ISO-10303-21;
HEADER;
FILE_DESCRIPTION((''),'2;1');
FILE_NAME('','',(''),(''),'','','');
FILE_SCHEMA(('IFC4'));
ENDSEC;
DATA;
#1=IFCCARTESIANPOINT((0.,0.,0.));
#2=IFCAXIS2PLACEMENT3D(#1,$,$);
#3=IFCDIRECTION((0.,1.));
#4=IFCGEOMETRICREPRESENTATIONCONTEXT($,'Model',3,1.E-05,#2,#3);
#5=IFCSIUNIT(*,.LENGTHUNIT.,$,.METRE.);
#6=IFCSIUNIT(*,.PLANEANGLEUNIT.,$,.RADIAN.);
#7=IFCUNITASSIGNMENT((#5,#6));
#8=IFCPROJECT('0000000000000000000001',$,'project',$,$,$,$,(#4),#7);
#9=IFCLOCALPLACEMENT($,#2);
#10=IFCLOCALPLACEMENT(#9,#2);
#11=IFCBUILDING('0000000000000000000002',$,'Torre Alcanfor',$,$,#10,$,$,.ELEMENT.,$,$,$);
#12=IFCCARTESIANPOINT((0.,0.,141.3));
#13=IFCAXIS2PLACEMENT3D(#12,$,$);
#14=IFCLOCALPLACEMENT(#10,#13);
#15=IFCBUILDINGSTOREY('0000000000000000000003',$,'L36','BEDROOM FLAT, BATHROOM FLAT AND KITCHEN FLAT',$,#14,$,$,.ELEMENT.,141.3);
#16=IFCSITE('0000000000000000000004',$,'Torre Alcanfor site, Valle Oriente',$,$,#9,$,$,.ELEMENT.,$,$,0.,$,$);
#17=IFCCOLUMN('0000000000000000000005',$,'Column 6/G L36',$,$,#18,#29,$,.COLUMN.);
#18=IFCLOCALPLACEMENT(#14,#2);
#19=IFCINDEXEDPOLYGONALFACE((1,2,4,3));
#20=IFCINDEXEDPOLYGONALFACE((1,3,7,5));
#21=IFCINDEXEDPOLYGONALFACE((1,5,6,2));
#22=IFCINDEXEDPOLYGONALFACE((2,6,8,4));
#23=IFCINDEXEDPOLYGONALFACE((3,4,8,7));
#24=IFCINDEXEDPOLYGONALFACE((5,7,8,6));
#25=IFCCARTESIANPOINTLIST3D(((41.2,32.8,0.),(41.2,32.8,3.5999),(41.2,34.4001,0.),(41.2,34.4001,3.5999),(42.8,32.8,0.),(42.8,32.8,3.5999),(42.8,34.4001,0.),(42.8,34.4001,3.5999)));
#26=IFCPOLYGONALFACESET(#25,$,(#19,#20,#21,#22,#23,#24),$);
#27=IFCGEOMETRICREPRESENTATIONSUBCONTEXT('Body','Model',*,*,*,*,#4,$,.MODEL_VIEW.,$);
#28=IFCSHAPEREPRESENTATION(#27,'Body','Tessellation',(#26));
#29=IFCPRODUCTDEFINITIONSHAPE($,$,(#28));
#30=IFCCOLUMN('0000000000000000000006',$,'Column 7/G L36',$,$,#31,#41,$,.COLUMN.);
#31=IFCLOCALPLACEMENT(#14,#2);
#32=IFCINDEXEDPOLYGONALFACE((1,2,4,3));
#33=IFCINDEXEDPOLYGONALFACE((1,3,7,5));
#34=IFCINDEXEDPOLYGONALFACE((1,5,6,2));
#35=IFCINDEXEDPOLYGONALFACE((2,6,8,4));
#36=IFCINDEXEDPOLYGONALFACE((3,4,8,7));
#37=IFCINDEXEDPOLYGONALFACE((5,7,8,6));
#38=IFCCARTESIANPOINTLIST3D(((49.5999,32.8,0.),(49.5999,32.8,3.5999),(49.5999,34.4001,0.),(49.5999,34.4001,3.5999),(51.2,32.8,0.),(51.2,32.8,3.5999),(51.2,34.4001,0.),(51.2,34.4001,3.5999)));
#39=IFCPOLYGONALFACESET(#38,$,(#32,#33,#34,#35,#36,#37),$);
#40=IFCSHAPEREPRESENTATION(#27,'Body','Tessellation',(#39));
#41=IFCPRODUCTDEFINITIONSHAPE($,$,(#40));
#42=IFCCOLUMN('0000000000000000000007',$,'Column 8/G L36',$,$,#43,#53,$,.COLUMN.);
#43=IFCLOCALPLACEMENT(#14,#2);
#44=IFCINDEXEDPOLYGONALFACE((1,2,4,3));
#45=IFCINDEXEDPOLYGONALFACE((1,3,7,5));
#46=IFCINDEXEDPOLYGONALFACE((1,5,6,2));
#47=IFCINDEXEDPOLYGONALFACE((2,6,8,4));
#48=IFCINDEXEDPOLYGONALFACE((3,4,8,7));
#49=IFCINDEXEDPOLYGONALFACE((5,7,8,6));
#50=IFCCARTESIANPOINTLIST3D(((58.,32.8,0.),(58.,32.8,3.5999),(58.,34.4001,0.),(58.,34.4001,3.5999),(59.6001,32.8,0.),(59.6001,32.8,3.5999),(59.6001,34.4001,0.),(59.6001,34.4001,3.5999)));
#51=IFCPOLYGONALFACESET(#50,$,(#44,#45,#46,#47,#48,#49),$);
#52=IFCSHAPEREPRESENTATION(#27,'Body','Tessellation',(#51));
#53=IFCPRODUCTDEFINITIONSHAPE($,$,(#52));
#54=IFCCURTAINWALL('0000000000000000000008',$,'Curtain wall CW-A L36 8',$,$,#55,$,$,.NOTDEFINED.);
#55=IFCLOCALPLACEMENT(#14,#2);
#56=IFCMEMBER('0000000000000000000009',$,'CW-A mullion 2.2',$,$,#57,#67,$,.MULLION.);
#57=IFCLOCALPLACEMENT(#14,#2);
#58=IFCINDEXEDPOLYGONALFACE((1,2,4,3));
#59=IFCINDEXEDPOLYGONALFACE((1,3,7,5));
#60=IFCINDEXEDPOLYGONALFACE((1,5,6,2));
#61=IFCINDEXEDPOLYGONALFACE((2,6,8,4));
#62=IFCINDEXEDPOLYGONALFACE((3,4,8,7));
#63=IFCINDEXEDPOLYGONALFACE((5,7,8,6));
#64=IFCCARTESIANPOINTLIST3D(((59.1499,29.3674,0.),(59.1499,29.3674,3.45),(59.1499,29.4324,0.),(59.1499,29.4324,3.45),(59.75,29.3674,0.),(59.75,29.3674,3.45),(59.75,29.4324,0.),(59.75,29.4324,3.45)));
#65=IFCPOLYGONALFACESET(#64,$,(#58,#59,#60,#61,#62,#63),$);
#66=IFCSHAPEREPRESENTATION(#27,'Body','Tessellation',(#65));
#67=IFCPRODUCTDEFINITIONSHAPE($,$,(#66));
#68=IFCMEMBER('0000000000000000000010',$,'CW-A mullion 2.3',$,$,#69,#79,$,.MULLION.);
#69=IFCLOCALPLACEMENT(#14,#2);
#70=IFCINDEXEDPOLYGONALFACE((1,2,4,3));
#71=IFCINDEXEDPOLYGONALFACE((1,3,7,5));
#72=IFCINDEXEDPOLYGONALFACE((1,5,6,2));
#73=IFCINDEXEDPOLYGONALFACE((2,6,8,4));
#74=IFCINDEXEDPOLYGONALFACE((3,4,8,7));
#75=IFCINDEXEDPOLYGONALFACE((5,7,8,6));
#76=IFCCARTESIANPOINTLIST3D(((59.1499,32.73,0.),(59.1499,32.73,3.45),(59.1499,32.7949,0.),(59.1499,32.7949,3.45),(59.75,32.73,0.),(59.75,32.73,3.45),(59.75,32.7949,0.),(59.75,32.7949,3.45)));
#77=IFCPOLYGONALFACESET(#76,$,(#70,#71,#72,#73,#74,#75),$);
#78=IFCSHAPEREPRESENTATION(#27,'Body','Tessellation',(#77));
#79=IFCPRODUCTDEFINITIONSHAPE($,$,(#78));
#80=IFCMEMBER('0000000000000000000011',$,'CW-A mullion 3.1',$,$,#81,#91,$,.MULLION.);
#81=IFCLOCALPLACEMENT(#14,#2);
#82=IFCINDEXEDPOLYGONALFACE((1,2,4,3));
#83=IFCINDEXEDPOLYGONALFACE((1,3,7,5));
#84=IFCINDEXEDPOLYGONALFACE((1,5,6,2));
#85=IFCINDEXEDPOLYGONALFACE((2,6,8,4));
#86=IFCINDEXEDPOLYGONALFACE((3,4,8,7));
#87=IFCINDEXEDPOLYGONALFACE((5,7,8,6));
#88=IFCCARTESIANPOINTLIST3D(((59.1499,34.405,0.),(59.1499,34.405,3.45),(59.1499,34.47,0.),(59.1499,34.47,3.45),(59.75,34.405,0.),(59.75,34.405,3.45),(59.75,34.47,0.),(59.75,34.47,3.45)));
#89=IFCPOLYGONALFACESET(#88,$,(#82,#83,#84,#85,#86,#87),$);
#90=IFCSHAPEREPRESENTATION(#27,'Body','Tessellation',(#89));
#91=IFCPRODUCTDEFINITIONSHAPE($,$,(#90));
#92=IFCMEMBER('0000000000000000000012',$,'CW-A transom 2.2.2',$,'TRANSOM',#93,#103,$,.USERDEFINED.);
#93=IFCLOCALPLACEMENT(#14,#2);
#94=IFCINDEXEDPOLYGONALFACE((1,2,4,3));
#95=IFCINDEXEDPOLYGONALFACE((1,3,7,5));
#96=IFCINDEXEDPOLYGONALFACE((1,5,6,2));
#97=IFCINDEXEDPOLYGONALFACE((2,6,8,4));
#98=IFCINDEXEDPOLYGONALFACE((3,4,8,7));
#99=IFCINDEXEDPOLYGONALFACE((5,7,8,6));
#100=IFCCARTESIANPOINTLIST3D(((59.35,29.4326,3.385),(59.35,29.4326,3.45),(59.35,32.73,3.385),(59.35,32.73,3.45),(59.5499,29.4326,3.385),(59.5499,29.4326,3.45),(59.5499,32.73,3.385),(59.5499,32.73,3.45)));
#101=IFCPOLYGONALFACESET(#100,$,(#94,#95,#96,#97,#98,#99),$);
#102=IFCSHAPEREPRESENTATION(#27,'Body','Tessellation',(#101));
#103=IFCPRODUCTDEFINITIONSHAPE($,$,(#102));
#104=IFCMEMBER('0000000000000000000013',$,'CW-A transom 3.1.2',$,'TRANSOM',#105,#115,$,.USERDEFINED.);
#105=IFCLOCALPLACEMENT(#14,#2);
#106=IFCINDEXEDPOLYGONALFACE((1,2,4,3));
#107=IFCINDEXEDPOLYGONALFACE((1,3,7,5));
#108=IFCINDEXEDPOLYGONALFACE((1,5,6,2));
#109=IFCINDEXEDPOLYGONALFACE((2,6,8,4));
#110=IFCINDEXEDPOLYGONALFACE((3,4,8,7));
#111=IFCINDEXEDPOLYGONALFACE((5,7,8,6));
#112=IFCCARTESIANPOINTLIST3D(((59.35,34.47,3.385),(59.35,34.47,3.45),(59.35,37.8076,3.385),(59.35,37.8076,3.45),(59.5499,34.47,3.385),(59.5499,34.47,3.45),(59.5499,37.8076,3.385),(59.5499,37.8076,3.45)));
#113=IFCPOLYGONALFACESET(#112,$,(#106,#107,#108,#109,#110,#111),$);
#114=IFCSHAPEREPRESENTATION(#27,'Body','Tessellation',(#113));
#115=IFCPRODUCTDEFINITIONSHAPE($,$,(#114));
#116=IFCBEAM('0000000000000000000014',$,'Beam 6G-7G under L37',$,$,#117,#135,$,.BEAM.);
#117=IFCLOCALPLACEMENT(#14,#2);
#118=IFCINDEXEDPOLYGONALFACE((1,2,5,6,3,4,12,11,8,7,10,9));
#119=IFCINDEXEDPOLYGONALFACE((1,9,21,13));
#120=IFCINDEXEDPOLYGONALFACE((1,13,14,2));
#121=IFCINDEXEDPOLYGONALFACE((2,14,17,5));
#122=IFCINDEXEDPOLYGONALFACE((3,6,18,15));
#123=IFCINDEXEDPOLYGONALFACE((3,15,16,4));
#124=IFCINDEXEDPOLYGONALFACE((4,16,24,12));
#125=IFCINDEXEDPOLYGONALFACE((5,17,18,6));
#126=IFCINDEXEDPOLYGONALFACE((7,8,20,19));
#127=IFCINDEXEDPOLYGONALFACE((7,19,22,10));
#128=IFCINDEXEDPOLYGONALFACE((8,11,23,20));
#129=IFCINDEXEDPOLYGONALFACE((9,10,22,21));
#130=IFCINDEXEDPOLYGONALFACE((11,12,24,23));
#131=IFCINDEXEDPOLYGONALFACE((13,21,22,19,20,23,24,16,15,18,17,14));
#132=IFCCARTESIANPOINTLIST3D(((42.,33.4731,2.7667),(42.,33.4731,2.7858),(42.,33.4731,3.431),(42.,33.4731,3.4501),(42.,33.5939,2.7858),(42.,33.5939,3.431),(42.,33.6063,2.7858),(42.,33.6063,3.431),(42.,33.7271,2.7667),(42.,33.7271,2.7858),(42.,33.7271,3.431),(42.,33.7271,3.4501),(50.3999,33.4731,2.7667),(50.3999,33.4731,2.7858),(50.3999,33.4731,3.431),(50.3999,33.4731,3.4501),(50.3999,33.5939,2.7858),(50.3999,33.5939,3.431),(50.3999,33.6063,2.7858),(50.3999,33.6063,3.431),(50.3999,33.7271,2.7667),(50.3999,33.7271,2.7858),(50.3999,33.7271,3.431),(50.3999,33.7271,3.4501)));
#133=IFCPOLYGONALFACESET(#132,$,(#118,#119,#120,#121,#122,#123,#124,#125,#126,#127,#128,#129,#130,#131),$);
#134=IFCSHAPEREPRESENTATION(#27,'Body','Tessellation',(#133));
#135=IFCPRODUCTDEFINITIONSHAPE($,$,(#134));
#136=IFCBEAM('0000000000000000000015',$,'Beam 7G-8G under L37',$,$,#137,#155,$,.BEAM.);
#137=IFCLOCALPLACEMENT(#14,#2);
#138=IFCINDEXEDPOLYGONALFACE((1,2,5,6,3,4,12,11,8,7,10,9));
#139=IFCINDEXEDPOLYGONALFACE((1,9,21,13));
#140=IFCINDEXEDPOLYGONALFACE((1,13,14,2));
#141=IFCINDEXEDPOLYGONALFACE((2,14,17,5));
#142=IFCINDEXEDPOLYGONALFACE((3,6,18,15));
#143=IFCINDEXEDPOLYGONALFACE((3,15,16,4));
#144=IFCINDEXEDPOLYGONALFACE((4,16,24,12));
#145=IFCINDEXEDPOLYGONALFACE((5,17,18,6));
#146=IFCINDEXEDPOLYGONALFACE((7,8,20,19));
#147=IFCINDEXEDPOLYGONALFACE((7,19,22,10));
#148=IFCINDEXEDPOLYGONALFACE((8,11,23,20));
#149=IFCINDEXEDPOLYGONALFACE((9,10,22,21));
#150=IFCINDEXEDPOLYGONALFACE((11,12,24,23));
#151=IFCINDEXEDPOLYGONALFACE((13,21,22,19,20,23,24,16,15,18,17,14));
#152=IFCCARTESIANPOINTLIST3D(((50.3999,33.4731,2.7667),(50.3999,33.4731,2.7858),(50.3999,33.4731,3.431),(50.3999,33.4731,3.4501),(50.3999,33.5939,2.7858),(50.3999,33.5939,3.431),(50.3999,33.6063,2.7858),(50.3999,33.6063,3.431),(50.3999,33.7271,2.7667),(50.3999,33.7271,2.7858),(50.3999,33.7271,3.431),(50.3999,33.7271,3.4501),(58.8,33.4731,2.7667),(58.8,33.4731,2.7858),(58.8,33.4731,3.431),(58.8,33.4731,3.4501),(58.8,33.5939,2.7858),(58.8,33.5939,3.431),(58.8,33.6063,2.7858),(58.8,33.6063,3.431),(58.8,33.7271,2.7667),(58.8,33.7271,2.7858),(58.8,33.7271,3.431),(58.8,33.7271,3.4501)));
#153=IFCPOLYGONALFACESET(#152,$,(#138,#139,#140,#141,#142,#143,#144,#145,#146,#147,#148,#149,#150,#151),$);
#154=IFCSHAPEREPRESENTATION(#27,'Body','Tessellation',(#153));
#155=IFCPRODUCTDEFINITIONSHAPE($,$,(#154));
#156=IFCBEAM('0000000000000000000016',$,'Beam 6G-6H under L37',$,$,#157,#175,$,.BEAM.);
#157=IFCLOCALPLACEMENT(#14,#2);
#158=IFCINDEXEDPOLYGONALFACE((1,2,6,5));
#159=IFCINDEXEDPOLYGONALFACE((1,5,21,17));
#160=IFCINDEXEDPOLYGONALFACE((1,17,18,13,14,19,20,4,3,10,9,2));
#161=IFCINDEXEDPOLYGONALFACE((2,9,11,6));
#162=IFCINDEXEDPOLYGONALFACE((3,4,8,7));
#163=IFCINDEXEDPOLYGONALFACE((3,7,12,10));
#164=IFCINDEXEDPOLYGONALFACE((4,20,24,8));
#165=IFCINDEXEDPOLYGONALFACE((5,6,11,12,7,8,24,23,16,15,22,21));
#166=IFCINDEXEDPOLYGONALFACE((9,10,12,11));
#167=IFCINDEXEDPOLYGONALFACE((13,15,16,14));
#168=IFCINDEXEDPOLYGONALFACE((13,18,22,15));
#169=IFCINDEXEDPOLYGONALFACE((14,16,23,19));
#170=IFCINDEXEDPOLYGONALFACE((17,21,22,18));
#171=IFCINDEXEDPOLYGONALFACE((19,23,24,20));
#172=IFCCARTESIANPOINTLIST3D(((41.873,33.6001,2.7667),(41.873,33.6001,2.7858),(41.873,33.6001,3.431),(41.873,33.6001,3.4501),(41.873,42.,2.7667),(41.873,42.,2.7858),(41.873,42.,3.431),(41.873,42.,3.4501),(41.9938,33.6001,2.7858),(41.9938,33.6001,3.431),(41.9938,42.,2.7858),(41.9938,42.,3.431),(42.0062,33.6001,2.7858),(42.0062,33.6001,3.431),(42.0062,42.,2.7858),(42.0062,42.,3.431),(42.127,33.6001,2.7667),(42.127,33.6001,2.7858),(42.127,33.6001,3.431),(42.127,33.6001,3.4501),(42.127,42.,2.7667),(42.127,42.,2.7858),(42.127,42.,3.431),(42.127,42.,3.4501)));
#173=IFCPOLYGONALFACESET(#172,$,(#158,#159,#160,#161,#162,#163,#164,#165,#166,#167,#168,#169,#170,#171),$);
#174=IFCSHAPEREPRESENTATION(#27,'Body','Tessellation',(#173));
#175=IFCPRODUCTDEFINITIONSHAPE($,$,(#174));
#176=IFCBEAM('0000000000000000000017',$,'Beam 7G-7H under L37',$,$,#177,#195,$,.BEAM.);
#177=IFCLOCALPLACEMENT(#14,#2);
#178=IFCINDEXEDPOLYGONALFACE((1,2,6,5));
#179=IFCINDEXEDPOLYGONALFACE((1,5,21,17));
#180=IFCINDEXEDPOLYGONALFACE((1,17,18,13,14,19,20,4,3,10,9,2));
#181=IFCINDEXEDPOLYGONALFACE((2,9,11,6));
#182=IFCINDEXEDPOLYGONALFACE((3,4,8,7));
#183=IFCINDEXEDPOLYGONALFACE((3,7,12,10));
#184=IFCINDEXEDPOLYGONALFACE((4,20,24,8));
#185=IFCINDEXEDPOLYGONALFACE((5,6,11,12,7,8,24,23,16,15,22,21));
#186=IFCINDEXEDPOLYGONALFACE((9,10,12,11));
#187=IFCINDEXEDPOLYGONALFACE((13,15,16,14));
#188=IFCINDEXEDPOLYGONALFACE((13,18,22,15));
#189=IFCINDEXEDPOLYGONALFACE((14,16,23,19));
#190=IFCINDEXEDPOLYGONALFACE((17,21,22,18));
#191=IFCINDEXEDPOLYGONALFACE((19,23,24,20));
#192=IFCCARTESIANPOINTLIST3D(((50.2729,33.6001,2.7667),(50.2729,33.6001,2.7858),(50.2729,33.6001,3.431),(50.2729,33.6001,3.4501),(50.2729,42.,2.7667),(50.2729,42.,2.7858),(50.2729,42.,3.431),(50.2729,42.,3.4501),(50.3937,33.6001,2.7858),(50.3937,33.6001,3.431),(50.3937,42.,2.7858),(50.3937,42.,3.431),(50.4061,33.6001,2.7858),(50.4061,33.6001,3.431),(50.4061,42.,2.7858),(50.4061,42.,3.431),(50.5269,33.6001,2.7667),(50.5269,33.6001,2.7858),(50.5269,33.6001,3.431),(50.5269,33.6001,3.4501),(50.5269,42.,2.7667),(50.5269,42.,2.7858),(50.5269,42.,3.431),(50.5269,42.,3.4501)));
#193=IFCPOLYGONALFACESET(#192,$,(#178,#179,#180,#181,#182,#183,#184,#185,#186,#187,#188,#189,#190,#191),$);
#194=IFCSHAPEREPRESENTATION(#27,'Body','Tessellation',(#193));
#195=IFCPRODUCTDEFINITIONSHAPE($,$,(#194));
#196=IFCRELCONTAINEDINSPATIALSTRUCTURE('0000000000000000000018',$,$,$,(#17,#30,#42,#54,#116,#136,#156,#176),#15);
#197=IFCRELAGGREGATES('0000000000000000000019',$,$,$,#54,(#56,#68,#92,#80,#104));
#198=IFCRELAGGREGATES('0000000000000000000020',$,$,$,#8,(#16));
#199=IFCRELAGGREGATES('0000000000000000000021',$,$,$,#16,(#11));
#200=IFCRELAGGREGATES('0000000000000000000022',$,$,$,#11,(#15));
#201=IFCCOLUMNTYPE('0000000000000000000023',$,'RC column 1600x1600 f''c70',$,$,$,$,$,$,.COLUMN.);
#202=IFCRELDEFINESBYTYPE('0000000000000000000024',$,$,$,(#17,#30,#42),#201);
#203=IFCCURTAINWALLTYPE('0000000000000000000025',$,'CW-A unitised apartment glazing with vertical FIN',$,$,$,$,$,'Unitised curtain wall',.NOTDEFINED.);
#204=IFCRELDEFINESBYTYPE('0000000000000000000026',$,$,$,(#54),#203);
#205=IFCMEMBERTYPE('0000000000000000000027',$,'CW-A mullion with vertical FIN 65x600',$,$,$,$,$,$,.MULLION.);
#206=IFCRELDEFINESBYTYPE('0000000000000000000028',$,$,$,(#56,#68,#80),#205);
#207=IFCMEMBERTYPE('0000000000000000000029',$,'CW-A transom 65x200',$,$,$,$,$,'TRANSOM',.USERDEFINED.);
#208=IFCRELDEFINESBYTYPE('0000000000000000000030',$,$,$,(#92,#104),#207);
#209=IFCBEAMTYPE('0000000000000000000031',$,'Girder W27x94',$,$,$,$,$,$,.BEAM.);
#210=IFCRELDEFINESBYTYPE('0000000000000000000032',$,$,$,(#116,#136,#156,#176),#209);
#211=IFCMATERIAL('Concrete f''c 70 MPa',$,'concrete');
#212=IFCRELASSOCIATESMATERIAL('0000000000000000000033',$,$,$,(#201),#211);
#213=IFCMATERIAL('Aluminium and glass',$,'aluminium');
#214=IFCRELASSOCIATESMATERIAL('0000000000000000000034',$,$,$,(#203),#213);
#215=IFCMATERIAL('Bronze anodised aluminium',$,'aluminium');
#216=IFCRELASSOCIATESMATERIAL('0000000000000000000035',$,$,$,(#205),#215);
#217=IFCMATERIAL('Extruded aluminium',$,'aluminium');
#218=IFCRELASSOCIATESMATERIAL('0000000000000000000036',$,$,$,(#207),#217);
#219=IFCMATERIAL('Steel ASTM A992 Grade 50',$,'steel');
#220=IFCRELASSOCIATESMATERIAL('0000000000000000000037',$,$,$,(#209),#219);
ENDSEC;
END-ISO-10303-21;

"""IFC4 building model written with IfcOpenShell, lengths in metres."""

from ifc_helpers import new_model, si_unit, direction, frame, origin, origin_2d, place, context, subcontext, project, spatial, rectangle, i_section, extrude, material, material_profile, profile_set, type_object, element, aggregate, save


model = new_model("IFC4")

# Units and contexts
model_context = context("Model", 3, precision=1e-05, world=origin(), true_north=direction((0.0, 1.0)))
body_context = subcontext(model_context, "Body", "Model", "MODEL_VIEW")
ifc_project = project(units=[si_unit("LENGTHUNIT", "METRE"), si_unit("PLANEANGLEUNIT", "RADIAN")], contexts=[model_context])

# Site, building, storey
site_placement = place(None, origin())
site = spatial("IfcSite", under=ifc_project, at=site_placement, Name="Torre Alcanfor site, Valle Oriente", CompositionType="ELEMENT", RefElevation=0.0)
building_placement = place(site_placement, origin())
building = spatial("IfcBuilding", under=site, at=building_placement, Name="Torre Alcanfor", CompositionType="ELEMENT")
storey_placement = place(building_placement, frame((0.0, 0.0, 141.3)))
storey = spatial("IfcBuildingStorey", under=building, at=storey_placement, Name="L36", Description="BEDROOM FLAT, BATHROOM FLAT AND KITCHEN FLAT", CompositionType="ELEMENT", Elevation=141.3)

# Columns
ifc_material_1 = material(Name="Concrete f'c 70 MPa", Category="concrete")
ifc_material_profile_1 = material_profile(ifc_material_1, rectangle(XDim=1.6001, YDim=1.6001, at=origin_2d()), Name="1600x1600")
ifc_profile_set_1 = profile_set([ifc_material_profile_1], Name="Concrete f'c 70 MPa")
column_type = type_object("IfcColumnType", Name="RC column 1600x1600 f'c70", PredefinedType="COLUMN", material=ifc_profile_set_1)
for number, where, z_axis, x_axis, name in (
    (1, (42.0, 33.6001, 0.0), (0.0, 0.0, 1.0), (1.0, 0.0, 0.0), "Column 6/G L36"),
    (2, (50.3999, 33.6001, 0.0), (0.0, 0.0, 1.0), (1.0, 0.0, 0.0), "Column 7/G L36"),
    (3, (58.8, 33.6001, 0.0), (0.0, 0.0, 1.0), (1.0, 0.0, 0.0), "Column 8/G L36"),
):
    element("IfcColumn", number, at=place(storey_placement, frame(where, z_axis=z_axis, x_axis=x_axis)), inside=storey, type_object=column_type, Name=name, PredefinedType="COLUMN", context=body_context, shape_type="SweptSolid", body=[
        extrude(rectangle(XDim=1.6001, YDim=1.6001, at=origin_2d()), origin(), (0.0, 0.0, 1.0), 3.5999),
    ])

# Curtain wall, members
ifc_material_2 = material(Name="Aluminium and glass", Category="aluminium")
curtain_wall_type = type_object("IfcCurtainWallType", Name="CW-A unitised apartment glazing with vertical FIN", ElementType="Unitised curtain wall", PredefinedType="NOTDEFINED", material=ifc_material_2)
curtain_wall_placement = place(storey_placement, origin())
curtain_wall = element("IfcCurtainWall", 4, at=curtain_wall_placement, inside=storey, type_object=curtain_wall_type, Name="Curtain wall CW-A L36 8", PredefinedType="NOTDEFINED")
ifc_material_3 = material(Name="Bronze anodised aluminium", Category="aluminium")
ifc_material_profile_2 = material_profile(ifc_material_3, rectangle(XDim=0.6001, YDim=0.0649, at=origin_2d()), Name="CW-A mullion 65x600")
ifc_profile_set_2 = profile_set([ifc_material_profile_2], Name="Bronze anodised aluminium")
member_type_1 = type_object("IfcMemberType", Name="CW-A mullion with vertical FIN 65x600", PredefinedType="MULLION", material=ifc_profile_set_2)
member_1_placement = place(storey_placement, frame((59.45, 29.3999, 0.0), z_axis=(0.0, 0.0, 1.0), x_axis=(-1.0, 0.0, 0.0)))
member_1 = element("IfcMember", 5, at=member_1_placement, type_object=member_type_1, Name="CW-A mullion 2.2", PredefinedType="MULLION", context=body_context, shape_type="SweptSolid", body=[
    extrude(rectangle(XDim=0.6001, YDim=0.0649, at=origin_2d()), origin(), (0.0, 0.0, 1.0), 3.45),
])
member_2_placement = place(storey_placement, frame((59.45, 32.7625, 0.0), z_axis=(0.0, 0.0, 1.0), x_axis=(-1.0, 0.0, 0.0)))
member_2 = element("IfcMember", 6, at=member_2_placement, type_object=member_type_1, Name="CW-A mullion 2.3", PredefinedType="MULLION", context=body_context, shape_type="SweptSolid", body=[
    extrude(rectangle(XDim=0.6001, YDim=0.0649, at=origin_2d()), origin(), (0.0, 0.0, 1.0), 3.45),
])
member_3_placement = place(storey_placement, frame((59.45, 34.4375, 0.0), z_axis=(0.0, 0.0, 1.0), x_axis=(-1.0, 0.0, 0.0)))
member_3 = element("IfcMember", 7, at=member_3_placement, type_object=member_type_1, Name="CW-A mullion 3.1", PredefinedType="MULLION", context=body_context, shape_type="SweptSolid", body=[
    extrude(rectangle(XDim=0.6001, YDim=0.0649, at=origin_2d()), origin(), (0.0, 0.0, 1.0), 3.45),
])
ifc_material_4 = material(Name="Extruded aluminium", Category="aluminium")
ifc_material_profile_3 = material_profile(ifc_material_4, rectangle(XDim=0.2, YDim=0.0649, at=origin_2d()), Name="CW-A transom 200x65")
ifc_profile_set_3 = profile_set([ifc_material_profile_3], Name="Extruded aluminium")
member_type_2 = type_object("IfcMemberType", Name="CW-A transom 65x200", ElementType="TRANSOM", PredefinedType="USERDEFINED", material=ifc_profile_set_3)
member_4_placement = place(storey_placement, frame((59.45, 29.4326, 3.4175), z_axis=(0.0, 1.0, 0.0), x_axis=(-1.0, 0.0, 0.0)))
member_4 = element("IfcMember", 8, at=member_4_placement, type_object=member_type_2, Name="CW-A transom 2.2.2", ObjectType="TRANSOM", PredefinedType="USERDEFINED", context=body_context, shape_type="SweptSolid", body=[
    extrude(rectangle(XDim=0.2, YDim=0.0649, at=origin_2d()), origin(), (0.0, 0.0, 1.0), 3.2974),
])
member_5_placement = place(storey_placement, frame((59.45, 34.47, 3.4175), z_axis=(0.0, 1.0, 0.0), x_axis=(-1.0, 0.0, 0.0)))
member_5 = element("IfcMember", 9, at=member_5_placement, type_object=member_type_2, Name="CW-A transom 3.1.2", ObjectType="TRANSOM", PredefinedType="USERDEFINED", context=body_context, shape_type="SweptSolid", body=[
    extrude(rectangle(XDim=0.2, YDim=0.0649, at=origin_2d()), origin(), (0.0, 0.0, 1.0), 3.3376),
])

# Beams
ifc_material_5 = material(Name="Steel ASTM A992 Grade 50", Category="steel")
ifc_material_profile_4 = material_profile(ifc_material_5, i_section(OverallWidth=0.2539, OverallDepth=0.6833, WebThickness=0.0125, FlangeThickness=0.019, at=origin_2d()), Name="W27x94")
ifc_profile_set_4 = profile_set([ifc_material_profile_4], Name="Steel ASTM A992 Grade 50")
beam_type_1 = type_object("IfcBeamType", Name="Girder W27x94", PredefinedType="BEAM", material=ifc_profile_set_4)
beam_1_placement = place(storey_placement, frame((42.0, 33.6001, 3.1084), z_axis=(1.0, 0.0, 0.0), x_axis=(0.0, 1.0, 0.0)))
element("IfcBeam", 10, at=beam_1_placement, inside=storey, type_object=beam_type_1, Name="Beam 6G-7G under L37", PredefinedType="BEAM", context=body_context, shape_type="SweptSolid", body=[
    extrude(i_section(OverallWidth=0.2539, OverallDepth=0.6833, WebThickness=0.0125, FlangeThickness=0.019, at=origin_2d()), origin(), (0.0, 0.0, 1.0), 8.3999),
])
beam_2_placement = place(storey_placement, frame((50.3999, 33.6001, 3.1084), z_axis=(1.0, 0.0, 0.0), x_axis=(0.0, 1.0, 0.0)))
element("IfcBeam", 11, at=beam_2_placement, inside=storey, type_object=beam_type_1, Name="Beam 7G-8G under L37", PredefinedType="BEAM", context=body_context, shape_type="SweptSolid", body=[
    extrude(i_section(OverallWidth=0.2539, OverallDepth=0.6833, WebThickness=0.0125, FlangeThickness=0.019, at=origin_2d()), origin(), (0.0, 0.0, 1.0), 8.4001),
])
for number, where, z_axis, x_axis, name in (
    (12, (42.0, 33.6001, 3.1084), (0.0, 1.0, 0.0), (-1.0, 0.0, 0.0), "Beam 6G-6H under L37"),
    (13, (50.3999, 33.6001, 3.1084), (0.0, 1.0, 0.0), (-1.0, 0.0, 0.0), "Beam 7G-7H under L37"),
):
    element("IfcBeam", number, at=place(storey_placement, frame(where, z_axis=z_axis, x_axis=x_axis)), inside=storey, type_object=beam_type_1, Name=name, PredefinedType="BEAM", context=body_context, shape_type="SweptSolid", body=[
        extrude(i_section(OverallWidth=0.2539, OverallDepth=0.6833, WebThickness=0.0125, FlangeThickness=0.019, at=origin_2d()), origin(), (0.0, 0.0, 1.0), 8.3999),
    ])

aggregate(curtain_wall, [member_1, member_2, member_4, member_3, member_5])

save(model, "model.ifc")
